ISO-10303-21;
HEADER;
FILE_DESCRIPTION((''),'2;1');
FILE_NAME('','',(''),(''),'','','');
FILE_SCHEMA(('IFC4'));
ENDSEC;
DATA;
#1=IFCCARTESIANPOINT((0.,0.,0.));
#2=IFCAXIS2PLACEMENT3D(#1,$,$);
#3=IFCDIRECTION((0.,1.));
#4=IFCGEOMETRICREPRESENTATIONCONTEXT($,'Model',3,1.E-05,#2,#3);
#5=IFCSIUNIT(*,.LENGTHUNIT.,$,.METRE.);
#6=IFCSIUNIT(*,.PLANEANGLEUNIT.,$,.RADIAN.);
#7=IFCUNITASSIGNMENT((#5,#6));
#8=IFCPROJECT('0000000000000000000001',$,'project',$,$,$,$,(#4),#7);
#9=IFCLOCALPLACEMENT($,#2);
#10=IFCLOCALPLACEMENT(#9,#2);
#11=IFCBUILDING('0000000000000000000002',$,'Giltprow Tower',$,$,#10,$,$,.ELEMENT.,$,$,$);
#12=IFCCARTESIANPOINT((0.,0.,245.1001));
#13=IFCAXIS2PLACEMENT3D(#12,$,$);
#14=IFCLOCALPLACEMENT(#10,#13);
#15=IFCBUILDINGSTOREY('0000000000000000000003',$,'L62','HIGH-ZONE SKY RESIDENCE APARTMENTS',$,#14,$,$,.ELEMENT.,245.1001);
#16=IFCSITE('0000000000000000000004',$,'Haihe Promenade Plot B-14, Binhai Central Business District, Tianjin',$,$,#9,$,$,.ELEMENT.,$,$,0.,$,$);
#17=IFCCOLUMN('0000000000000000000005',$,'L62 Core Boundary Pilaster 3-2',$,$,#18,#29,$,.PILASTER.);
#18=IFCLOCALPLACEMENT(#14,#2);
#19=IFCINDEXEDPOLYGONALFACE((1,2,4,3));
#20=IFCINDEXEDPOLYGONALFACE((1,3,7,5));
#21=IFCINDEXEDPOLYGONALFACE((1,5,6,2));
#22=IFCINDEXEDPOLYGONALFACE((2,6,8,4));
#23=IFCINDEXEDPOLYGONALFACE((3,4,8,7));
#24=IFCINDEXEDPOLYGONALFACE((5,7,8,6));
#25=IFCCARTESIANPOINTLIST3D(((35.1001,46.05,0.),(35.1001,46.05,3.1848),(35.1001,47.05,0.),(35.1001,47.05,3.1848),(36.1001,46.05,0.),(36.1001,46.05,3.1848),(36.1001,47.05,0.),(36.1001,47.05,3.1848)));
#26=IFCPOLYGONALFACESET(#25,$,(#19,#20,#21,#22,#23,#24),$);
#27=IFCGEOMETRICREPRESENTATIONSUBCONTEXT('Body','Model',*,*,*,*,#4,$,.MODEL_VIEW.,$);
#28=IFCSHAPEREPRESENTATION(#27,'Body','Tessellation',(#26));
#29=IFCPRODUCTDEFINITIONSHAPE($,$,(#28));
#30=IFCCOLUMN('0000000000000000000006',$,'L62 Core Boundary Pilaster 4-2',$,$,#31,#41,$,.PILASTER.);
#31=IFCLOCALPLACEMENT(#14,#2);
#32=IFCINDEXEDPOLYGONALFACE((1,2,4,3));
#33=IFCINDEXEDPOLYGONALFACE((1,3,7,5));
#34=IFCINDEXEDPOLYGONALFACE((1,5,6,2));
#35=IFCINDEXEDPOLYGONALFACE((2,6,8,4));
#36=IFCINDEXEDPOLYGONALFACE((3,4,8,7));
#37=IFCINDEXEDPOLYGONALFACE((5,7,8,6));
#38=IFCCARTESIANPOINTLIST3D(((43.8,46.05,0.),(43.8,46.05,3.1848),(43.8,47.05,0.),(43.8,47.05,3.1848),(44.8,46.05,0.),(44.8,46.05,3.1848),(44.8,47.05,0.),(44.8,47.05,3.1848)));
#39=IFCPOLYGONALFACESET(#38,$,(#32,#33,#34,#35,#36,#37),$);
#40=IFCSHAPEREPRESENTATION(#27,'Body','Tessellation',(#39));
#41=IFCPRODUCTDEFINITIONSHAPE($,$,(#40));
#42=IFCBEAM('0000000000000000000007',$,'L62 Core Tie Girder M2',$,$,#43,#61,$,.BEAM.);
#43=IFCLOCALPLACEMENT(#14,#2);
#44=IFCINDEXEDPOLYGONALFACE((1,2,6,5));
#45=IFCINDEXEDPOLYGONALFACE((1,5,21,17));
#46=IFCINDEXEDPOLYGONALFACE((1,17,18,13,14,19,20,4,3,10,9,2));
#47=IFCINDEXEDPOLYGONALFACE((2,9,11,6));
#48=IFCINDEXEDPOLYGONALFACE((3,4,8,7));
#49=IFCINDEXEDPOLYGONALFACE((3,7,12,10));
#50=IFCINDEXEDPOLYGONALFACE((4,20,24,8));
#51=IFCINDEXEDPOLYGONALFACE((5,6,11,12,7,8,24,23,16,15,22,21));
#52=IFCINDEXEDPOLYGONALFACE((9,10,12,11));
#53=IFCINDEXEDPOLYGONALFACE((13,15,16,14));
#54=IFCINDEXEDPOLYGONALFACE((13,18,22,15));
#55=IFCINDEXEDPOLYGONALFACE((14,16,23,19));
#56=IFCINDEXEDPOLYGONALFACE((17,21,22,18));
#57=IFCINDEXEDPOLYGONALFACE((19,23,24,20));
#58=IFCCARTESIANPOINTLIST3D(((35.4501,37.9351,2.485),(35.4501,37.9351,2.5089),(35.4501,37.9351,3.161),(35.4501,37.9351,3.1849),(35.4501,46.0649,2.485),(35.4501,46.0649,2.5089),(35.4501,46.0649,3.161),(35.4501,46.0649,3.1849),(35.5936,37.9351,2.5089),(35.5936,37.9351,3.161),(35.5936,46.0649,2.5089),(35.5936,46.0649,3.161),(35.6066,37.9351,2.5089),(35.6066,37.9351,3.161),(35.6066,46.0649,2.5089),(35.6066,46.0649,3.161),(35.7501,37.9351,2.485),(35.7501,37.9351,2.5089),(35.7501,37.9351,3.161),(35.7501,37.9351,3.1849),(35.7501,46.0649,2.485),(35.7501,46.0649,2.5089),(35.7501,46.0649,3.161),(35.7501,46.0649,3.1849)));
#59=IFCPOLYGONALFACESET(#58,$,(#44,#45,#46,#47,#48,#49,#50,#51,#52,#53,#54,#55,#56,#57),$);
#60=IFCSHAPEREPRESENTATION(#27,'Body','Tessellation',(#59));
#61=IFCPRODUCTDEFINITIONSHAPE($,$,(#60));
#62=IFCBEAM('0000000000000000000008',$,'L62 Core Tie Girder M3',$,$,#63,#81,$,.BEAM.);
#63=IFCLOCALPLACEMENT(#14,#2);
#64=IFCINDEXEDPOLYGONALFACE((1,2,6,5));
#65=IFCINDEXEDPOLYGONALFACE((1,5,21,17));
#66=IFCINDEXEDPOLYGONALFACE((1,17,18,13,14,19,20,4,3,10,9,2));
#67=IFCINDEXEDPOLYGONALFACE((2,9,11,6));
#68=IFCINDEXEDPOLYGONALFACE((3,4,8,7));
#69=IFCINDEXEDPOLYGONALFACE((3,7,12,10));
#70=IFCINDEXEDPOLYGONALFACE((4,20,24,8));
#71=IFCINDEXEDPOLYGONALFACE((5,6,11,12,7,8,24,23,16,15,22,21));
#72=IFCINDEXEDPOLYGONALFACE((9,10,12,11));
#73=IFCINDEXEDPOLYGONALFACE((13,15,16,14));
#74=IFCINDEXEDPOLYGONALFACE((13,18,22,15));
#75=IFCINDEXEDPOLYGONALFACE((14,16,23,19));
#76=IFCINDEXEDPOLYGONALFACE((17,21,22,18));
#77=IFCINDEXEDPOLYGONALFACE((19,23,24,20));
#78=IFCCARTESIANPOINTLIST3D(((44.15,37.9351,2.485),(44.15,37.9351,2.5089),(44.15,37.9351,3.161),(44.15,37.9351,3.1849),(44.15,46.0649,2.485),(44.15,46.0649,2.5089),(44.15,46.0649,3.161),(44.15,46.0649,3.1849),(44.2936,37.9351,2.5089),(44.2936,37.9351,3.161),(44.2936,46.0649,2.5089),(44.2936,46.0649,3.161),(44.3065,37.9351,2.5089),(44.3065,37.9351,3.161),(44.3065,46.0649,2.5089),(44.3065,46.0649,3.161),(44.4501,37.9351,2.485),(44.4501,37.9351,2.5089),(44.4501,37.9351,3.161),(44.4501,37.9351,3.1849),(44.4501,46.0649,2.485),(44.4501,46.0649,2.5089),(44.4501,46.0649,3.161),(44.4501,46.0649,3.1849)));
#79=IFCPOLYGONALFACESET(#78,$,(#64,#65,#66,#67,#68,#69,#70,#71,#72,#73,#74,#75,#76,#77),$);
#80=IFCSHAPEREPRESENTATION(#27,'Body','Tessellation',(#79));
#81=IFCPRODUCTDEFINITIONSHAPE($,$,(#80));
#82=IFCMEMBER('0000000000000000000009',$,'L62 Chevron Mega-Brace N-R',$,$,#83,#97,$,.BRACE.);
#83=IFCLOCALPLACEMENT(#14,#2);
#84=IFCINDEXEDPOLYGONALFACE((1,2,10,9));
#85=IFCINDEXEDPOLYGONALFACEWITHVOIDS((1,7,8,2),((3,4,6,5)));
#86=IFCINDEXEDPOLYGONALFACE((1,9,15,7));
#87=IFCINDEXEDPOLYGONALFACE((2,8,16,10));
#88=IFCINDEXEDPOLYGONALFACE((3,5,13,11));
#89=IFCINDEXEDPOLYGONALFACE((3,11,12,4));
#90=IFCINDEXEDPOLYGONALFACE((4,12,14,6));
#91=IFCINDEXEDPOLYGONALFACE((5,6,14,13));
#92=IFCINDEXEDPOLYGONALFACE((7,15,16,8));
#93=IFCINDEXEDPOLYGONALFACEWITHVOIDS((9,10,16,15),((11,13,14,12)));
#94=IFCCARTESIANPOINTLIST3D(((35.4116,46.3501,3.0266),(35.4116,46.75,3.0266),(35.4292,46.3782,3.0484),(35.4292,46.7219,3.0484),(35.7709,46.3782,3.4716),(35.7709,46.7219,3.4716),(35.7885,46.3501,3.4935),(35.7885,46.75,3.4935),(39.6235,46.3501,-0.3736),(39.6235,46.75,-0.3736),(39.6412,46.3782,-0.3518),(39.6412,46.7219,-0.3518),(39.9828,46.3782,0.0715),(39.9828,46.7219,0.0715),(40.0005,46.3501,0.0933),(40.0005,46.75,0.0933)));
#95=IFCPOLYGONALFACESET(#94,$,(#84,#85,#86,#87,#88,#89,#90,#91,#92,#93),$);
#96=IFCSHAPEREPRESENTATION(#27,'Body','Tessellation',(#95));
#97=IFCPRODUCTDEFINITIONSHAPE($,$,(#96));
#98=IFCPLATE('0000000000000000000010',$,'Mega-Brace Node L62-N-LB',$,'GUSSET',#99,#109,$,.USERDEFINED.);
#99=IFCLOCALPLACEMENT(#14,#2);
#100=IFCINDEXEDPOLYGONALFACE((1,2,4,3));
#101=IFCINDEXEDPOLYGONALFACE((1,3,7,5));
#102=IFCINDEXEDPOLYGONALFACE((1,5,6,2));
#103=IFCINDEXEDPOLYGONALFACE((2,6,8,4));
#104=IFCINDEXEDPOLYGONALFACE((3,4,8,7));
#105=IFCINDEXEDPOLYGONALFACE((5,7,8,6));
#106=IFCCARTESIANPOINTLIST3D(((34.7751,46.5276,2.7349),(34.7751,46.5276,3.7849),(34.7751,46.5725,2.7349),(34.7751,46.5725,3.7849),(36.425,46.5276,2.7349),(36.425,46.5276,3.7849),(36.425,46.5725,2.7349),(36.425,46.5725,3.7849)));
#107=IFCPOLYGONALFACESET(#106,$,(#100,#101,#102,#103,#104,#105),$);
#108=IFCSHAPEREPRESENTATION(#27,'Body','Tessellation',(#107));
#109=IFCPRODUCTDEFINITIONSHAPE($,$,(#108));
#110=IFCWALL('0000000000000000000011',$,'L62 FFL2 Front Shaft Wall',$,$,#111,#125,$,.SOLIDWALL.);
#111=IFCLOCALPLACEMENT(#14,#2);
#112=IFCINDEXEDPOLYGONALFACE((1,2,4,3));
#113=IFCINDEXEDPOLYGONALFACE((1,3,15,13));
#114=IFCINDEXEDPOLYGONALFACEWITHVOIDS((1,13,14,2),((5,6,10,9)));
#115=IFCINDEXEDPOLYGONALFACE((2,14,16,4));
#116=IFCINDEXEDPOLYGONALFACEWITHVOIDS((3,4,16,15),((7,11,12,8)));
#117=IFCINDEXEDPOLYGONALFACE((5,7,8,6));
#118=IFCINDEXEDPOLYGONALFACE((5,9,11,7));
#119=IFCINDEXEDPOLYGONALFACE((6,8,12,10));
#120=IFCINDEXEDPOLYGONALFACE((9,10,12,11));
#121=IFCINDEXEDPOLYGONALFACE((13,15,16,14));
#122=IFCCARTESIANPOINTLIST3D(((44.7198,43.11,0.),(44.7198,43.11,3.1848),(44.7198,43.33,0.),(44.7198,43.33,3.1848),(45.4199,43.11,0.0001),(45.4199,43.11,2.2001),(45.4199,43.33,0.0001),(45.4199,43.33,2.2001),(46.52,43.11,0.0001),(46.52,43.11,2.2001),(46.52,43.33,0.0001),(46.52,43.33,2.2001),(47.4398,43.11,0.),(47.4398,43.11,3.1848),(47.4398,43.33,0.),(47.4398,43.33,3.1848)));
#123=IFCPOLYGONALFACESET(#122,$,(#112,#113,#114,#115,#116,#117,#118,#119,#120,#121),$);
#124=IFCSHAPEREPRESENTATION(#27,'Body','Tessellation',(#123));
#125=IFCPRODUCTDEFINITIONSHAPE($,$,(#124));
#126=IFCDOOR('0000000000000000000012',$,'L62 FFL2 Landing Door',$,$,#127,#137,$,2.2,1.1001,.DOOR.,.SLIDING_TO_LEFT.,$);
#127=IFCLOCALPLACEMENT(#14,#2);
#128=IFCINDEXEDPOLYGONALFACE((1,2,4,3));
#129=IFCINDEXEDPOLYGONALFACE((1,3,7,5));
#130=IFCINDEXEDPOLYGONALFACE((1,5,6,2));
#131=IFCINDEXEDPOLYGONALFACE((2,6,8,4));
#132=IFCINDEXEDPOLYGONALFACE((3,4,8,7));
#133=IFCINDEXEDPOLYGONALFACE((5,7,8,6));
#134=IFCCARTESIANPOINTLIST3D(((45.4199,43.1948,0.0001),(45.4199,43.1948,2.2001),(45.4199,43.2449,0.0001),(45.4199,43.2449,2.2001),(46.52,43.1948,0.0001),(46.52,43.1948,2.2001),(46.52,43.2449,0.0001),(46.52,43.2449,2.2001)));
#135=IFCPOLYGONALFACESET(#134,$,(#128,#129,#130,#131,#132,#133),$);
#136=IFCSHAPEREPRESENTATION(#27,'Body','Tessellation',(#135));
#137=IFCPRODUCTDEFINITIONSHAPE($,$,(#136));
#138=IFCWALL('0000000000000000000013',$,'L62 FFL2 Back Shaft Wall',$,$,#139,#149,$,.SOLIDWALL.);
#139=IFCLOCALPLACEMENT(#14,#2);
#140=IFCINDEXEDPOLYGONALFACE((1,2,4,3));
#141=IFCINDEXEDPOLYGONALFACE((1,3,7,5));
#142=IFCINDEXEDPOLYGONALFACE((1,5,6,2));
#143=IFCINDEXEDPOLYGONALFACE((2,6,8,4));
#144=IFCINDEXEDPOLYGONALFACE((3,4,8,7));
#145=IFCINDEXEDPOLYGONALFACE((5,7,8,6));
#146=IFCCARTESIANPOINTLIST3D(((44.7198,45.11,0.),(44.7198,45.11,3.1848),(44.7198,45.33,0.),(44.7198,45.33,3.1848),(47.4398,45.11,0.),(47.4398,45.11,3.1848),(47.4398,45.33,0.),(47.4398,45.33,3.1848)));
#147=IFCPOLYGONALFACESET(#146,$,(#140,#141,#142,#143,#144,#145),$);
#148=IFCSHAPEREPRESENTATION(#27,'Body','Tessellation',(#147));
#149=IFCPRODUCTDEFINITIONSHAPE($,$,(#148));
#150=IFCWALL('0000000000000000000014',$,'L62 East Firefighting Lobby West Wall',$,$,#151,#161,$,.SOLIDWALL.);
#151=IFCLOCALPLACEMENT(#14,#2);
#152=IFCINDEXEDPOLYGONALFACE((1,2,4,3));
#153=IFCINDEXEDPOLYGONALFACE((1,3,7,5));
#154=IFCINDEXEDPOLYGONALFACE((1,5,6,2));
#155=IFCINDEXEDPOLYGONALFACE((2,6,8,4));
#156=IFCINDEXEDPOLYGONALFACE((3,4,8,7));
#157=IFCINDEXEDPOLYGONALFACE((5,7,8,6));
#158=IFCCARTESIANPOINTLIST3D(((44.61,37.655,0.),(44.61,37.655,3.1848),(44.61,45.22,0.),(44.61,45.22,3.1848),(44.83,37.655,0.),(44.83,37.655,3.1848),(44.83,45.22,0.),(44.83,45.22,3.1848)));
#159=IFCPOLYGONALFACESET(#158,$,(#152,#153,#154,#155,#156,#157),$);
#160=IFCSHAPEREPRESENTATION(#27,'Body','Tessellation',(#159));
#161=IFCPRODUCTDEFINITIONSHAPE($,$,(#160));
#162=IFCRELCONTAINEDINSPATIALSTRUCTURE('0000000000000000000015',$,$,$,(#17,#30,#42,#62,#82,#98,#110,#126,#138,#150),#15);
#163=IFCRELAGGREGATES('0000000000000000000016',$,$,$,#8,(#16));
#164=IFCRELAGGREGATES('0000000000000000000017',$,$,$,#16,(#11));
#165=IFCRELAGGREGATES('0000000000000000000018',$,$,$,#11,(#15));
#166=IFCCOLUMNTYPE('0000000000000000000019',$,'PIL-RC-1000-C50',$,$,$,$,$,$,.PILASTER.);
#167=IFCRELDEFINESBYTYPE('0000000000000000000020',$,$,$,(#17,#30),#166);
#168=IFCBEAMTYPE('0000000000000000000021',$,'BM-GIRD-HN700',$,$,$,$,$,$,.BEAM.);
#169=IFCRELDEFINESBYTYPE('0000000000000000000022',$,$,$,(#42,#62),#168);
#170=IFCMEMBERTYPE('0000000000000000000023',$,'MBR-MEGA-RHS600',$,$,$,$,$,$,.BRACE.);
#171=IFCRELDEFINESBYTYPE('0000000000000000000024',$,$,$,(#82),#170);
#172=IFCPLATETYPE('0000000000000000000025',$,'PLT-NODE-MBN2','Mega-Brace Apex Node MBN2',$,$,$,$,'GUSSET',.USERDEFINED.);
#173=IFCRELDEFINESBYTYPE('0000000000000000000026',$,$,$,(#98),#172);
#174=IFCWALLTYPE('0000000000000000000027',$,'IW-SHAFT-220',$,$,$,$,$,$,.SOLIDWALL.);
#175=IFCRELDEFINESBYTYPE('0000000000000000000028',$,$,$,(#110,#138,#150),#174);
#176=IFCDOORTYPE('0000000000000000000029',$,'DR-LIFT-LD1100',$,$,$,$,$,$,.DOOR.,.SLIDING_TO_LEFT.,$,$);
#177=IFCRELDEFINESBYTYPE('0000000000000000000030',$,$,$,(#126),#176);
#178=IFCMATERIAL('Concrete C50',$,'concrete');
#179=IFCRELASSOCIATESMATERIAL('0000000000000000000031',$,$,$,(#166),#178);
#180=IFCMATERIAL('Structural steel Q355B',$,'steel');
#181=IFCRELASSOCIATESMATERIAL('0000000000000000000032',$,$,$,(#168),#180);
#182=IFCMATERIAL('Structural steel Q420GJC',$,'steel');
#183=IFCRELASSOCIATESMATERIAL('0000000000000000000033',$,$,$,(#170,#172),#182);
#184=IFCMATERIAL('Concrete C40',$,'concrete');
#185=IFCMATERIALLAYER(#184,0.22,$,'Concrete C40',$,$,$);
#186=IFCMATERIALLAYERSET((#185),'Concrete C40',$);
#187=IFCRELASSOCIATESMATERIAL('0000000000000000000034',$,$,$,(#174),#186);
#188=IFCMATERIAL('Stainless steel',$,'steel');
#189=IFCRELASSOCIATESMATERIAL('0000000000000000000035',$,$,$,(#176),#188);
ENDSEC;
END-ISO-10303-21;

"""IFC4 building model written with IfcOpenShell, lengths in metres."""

from ifc_helpers import new_model, si_unit, direction, frame, frame_2d, origin, origin_2d, place, context, subcontext, project, spatial, rectangle, hollow_rectangle, i_section, extrude, source, transform, mapped, material, layer, layer_set, material_profile, profile_set, type_object, element, fill, save


model = new_model("IFC4")

# Units and contexts
model_context = context("Model", 3, precision=1e-05, world=origin(), true_north=direction((0.0, 1.0)))
body_context = subcontext(model_context, "Body", "Model", "MODEL_VIEW")
ifc_project = project(units=[si_unit("LENGTHUNIT", "METRE"), si_unit("PLANEANGLEUNIT", "RADIAN")], contexts=[model_context])

# Site, building, storey
site_placement = place(None, origin())
site = spatial("IfcSite", under=ifc_project, at=site_placement, Name="Haihe Promenade Plot B-14, Binhai Central Business District, Tianjin", CompositionType="ELEMENT", RefElevation=0.0)
building_placement = place(site_placement, origin())
building = spatial("IfcBuilding", under=site, at=building_placement, Name="Giltprow Tower", CompositionType="ELEMENT")
storey_placement = place(building_placement, frame((0.0, 0.0, 245.1001)))
storey = spatial("IfcBuildingStorey", under=building, at=storey_placement, Name="L62", Description="HIGH-ZONE SKY RESIDENCE APARTMENTS", CompositionType="ELEMENT", Elevation=245.1001)

# Columns
ifc_material_1 = material(Name="Concrete C50", Category="concrete")
ifc_material_profile_1 = material_profile(ifc_material_1, rectangle(XDim=1.0, YDim=1.0, at=origin_2d()), Name="RC 1000x1000")
ifc_profile_set_1 = profile_set([ifc_material_profile_1], Name="Concrete C50")
column_type = type_object("IfcColumnType", Name="PIL-RC-1000-C50", PredefinedType="PILASTER", material=ifc_profile_set_1)
shared_shape_1 = source(origin(), body_context, "Body", "SweptSolid", [
    extrude(rectangle(XDim=1.0, YDim=1.0, at=origin_2d()), origin(), (0.0, 0.0, 1.0), 3.1848),
])
for number, where, z_axis, x_axis, name in (
    (1, (35.6001, 46.55, 0.0), (0.0, 0.0, 1.0), (1.0, 0.0, 0.0), "L62 Core Boundary Pilaster 3-2"),
    (2, (44.3, 46.55, 0.0), (0.0, 0.0, 1.0), (1.0, 0.0, 0.0), "L62 Core Boundary Pilaster 4-2"),
):
    element("IfcColumn", number, at=place(storey_placement, frame(where, z_axis=z_axis, x_axis=x_axis)), inside=storey, type_object=column_type, Name=name, PredefinedType="PILASTER", context=body_context, shape_type="MappedRepresentation", body=[
        mapped(shared_shape_1, transform((0.0, 0.0, 0.0), x_axis=(1.0, 0.0, 0.0), y_axis=(0.0, 1.0, 0.0), z_axis=(0.0, 0.0, 1.0), scale=1.0)),
    ])

# Beams
ifc_material_2 = material(Name="Structural steel Q355B", Category="steel")
ifc_material_profile_2 = material_profile(ifc_material_2, i_section(OverallWidth=0.3, OverallDepth=0.7, WebThickness=0.0129, FlangeThickness=0.0239, at=origin_2d()), Name="HN 700x300x13x24")
ifc_profile_set_2 = profile_set([ifc_material_profile_2], Name="Structural steel Q355B")
beam_type = type_object("IfcBeamType", Name="BM-GIRD-HN700", PredefinedType="BEAM", material=ifc_profile_set_2)
shared_shape_2 = source(origin(), body_context, "Body", "SweptSolid", [
    extrude(i_section(OverallWidth=0.3, OverallDepth=0.7, WebThickness=0.0129, FlangeThickness=0.0239, at=origin_2d()), origin(), (0.0, 0.0, 1.0), 8.1299),
])
for number, where, z_axis, x_axis, name in (
    (3, (35.6001, 37.9351, 2.835), (0.0, 1.0, 0.0), (-1.0, 0.0, 0.0), "L62 Core Tie Girder M2"),
    (4, (44.3, 37.9351, 2.835), (0.0, 1.0, 0.0), (-1.0, 0.0, 0.0), "L62 Core Tie Girder M3"),
):
    element("IfcBeam", number, at=place(storey_placement, frame(where, z_axis=z_axis, x_axis=x_axis)), inside=storey, type_object=beam_type, Name=name, PredefinedType="BEAM", context=body_context, shape_type="MappedRepresentation", body=[
        mapped(shared_shape_2, transform((0.0, 0.0, 0.0), x_axis=(1.0, 0.0, 0.0), y_axis=(0.0, 1.0, 0.0), z_axis=(0.0, 0.0, 1.0), scale=1.0)),
    ])

# Member
ifc_material_3 = material(Name="Structural steel Q420GJC", Category="steel")
ifc_material_profile_3 = material_profile(ifc_material_3, hollow_rectangle(XDim=0.3999, YDim=0.6001, WallThickness=0.0281, at=origin_2d()), Name="RHS 600x400x28")
ifc_profile_set_3 = profile_set([ifc_material_profile_3], Name="Structural steel Q420GJC")
member_type = type_object("IfcMemberType", Name="MBR-MEGA-RHS600", PredefinedType="BRACE", material=ifc_profile_set_3)
shared_shape_3 = source(origin(), body_context, "Body", "SweptSolid", [
    extrude(hollow_rectangle(XDim=0.3999, YDim=0.6001, WallThickness=0.0281, at=origin_2d()), origin(), (0.0, 0.0, 1.0), 5.4131),
])
member_placement = place(storey_placement, frame((39.812, 46.55, -0.1401), z_axis=(-0.778102, 0.0, 0.628138), x_axis=(0.0, -1.0, 0.0)))
element("IfcMember", 5, at=member_placement, inside=storey, type_object=member_type, Name="L62 Chevron Mega-Brace N-R", PredefinedType="BRACE", context=body_context, shape_type="MappedRepresentation", body=[
    mapped(shared_shape_3, transform((0.0, 0.0, 0.0), x_axis=(1.0, 0.0, 0.0), y_axis=(0.0, 1.0, 0.0), z_axis=(0.0, 0.0, 1.0), scale=1.0)),
])

# Plate
plate_type = type_object("IfcPlateType", Name="PLT-NODE-MBN2", Description="Mega-Brace Apex Node MBN2", ElementType="GUSSET", PredefinedType="USERDEFINED", material=ifc_material_3)
shared_shape_4 = source(origin(), body_context, "Body", "SweptSolid", [
    extrude(rectangle(XDim=1.6499, YDim=0.0449, at=origin_2d()), origin(), (0.0, 0.0, 1.0), 1.05),
])
plate_placement = place(storey_placement, frame((35.6001, 46.55, 2.7349), z_axis=(0.0, 0.0, 1.0), x_axis=(1.0, 0.0, 0.0)))
element("IfcPlate", 6, at=plate_placement, inside=storey, type_object=plate_type, Name="Mega-Brace Node L62-N-LB", ObjectType="GUSSET", PredefinedType="USERDEFINED", context=body_context, shape_type="MappedRepresentation", body=[
    mapped(shared_shape_4, transform((0.0, 0.0, 0.0), x_axis=(1.0, 0.0, 0.0), y_axis=(0.0, 1.0, 0.0), z_axis=(0.0, 0.0, 1.0), scale=1.0)),
])

# Wall, opening, door
ifc_material_4 = material(Name="Concrete C40", Category="concrete")
ifc_layer_1 = layer(ifc_material_4, 0.22, Name="Concrete C40")
ifc_layer_set_1 = layer_set([ifc_layer_1], Name="Concrete C40")
wall_type_1 = type_object("IfcWallType", Name="IW-SHAFT-220", PredefinedType="SOLIDWALL", material=ifc_layer_set_1)
wall_1_placement = place(storey_placement, frame((44.72, 43.22, 0.0), z_axis=(0.0, 0.0, 1.0), x_axis=(1.0, 0.0, 0.0)))
wall_1 = element("IfcWall", 7, at=wall_1_placement, inside=storey, type_object=wall_type_1, Name="L62 FFL2 Front Shaft Wall", PredefinedType="SOLIDWALL", context=body_context, shape_type="SweptSolid", body=[
    extrude(rectangle(XDim=2.72, YDim=0.22, at=frame_2d((1.3599, 0.0))), origin(), (0.0, 0.0, 1.0), 3.1848),
])
opening_1_placement = place(wall_1_placement, frame((0.7, 0.0, 0.0)))
opening_1 = element("IfcOpeningElement", 8, at=opening_1_placement, cuts=wall_1, PredefinedType="OPENING", context=body_context, shape_type="SweptSolid", body=[
    extrude(rectangle(XDim=1.1001, YDim=2.2, at=frame_2d((0.55, 1.1001))), frame((0.0, 0.1199, 0.0), z_axis=(0.0, -1.0, 0.0), x_axis=(1.0, 0.0, 0.0)), (0.0, 0.0, 1.0), 0.24),
])
ifc_material_5 = material(Name="Stainless steel", Category="steel")
door_type_1 = type_object("IfcDoorType", Name="DR-LIFT-LD1100", OperationType="SLIDING_TO_LEFT", PredefinedType="DOOR", material=ifc_material_5)
shared_shape_5 = source(origin(), body_context, "Body", "SweptSolid", [
    extrude(rectangle(XDim=1.1001, YDim=2.2, at=frame_2d((0.55, 1.1001))), frame((0.0, 0.0249, 0.0), z_axis=(0.0, -1.0, 0.0), x_axis=(1.0, 0.0, 0.0)), (0.0, 0.0, 1.0), 0.05),
])
door_1_placement = place(opening_1_placement, origin())
door_1 = element("IfcDoor", 9, at=door_1_placement, inside=storey, type_object=door_type_1, Name="L62 FFL2 Landing Door", OperationType="SLIDING_TO_LEFT", OverallHeight=2.2, OverallWidth=1.1001, PredefinedType="DOOR", context=body_context, shape_type="MappedRepresentation", body=[
    mapped(shared_shape_5, transform((0.0, 0.0, 0.0), x_axis=(1.0, 0.0, 0.0), y_axis=(0.0, 1.0, 0.0), z_axis=(0.0, 0.0, 1.0), scale=1.0)),
])
fill(opening_1, door_1)

# Walls
wall_2_placement = place(storey_placement, frame((44.72, 45.22, 0.0), z_axis=(0.0, 0.0, 1.0), x_axis=(1.0, 0.0, 0.0)))
element("IfcWall", 10, at=wall_2_placement, inside=storey, type_object=wall_type_1, Name="L62 FFL2 Back Shaft Wall", PredefinedType="SOLIDWALL", context=body_context, shape_type="SweptSolid", body=[
    extrude(rectangle(XDim=2.72, YDim=0.22, at=frame_2d((1.3599, 0.0))), origin(), (0.0, 0.0, 1.0), 3.1848),
])
wall_3_placement = place(storey_placement, frame((44.72, 37.655, 0.0), z_axis=(0.0, 0.0, 1.0), x_axis=(0.0, 1.0, 0.0)))
element("IfcWall", 11, at=wall_3_placement, inside=storey, type_object=wall_type_1, Name="L62 East Firefighting Lobby West Wall", PredefinedType="SOLIDWALL", context=body_context, shape_type="SweptSolid", body=[
    extrude(rectangle(XDim=7.5649, YDim=0.22, at=frame_2d((3.7825, 0.0))), origin(), (0.0, 0.0, 1.0), 3.1848),
])

save(model, "model.ifc")
